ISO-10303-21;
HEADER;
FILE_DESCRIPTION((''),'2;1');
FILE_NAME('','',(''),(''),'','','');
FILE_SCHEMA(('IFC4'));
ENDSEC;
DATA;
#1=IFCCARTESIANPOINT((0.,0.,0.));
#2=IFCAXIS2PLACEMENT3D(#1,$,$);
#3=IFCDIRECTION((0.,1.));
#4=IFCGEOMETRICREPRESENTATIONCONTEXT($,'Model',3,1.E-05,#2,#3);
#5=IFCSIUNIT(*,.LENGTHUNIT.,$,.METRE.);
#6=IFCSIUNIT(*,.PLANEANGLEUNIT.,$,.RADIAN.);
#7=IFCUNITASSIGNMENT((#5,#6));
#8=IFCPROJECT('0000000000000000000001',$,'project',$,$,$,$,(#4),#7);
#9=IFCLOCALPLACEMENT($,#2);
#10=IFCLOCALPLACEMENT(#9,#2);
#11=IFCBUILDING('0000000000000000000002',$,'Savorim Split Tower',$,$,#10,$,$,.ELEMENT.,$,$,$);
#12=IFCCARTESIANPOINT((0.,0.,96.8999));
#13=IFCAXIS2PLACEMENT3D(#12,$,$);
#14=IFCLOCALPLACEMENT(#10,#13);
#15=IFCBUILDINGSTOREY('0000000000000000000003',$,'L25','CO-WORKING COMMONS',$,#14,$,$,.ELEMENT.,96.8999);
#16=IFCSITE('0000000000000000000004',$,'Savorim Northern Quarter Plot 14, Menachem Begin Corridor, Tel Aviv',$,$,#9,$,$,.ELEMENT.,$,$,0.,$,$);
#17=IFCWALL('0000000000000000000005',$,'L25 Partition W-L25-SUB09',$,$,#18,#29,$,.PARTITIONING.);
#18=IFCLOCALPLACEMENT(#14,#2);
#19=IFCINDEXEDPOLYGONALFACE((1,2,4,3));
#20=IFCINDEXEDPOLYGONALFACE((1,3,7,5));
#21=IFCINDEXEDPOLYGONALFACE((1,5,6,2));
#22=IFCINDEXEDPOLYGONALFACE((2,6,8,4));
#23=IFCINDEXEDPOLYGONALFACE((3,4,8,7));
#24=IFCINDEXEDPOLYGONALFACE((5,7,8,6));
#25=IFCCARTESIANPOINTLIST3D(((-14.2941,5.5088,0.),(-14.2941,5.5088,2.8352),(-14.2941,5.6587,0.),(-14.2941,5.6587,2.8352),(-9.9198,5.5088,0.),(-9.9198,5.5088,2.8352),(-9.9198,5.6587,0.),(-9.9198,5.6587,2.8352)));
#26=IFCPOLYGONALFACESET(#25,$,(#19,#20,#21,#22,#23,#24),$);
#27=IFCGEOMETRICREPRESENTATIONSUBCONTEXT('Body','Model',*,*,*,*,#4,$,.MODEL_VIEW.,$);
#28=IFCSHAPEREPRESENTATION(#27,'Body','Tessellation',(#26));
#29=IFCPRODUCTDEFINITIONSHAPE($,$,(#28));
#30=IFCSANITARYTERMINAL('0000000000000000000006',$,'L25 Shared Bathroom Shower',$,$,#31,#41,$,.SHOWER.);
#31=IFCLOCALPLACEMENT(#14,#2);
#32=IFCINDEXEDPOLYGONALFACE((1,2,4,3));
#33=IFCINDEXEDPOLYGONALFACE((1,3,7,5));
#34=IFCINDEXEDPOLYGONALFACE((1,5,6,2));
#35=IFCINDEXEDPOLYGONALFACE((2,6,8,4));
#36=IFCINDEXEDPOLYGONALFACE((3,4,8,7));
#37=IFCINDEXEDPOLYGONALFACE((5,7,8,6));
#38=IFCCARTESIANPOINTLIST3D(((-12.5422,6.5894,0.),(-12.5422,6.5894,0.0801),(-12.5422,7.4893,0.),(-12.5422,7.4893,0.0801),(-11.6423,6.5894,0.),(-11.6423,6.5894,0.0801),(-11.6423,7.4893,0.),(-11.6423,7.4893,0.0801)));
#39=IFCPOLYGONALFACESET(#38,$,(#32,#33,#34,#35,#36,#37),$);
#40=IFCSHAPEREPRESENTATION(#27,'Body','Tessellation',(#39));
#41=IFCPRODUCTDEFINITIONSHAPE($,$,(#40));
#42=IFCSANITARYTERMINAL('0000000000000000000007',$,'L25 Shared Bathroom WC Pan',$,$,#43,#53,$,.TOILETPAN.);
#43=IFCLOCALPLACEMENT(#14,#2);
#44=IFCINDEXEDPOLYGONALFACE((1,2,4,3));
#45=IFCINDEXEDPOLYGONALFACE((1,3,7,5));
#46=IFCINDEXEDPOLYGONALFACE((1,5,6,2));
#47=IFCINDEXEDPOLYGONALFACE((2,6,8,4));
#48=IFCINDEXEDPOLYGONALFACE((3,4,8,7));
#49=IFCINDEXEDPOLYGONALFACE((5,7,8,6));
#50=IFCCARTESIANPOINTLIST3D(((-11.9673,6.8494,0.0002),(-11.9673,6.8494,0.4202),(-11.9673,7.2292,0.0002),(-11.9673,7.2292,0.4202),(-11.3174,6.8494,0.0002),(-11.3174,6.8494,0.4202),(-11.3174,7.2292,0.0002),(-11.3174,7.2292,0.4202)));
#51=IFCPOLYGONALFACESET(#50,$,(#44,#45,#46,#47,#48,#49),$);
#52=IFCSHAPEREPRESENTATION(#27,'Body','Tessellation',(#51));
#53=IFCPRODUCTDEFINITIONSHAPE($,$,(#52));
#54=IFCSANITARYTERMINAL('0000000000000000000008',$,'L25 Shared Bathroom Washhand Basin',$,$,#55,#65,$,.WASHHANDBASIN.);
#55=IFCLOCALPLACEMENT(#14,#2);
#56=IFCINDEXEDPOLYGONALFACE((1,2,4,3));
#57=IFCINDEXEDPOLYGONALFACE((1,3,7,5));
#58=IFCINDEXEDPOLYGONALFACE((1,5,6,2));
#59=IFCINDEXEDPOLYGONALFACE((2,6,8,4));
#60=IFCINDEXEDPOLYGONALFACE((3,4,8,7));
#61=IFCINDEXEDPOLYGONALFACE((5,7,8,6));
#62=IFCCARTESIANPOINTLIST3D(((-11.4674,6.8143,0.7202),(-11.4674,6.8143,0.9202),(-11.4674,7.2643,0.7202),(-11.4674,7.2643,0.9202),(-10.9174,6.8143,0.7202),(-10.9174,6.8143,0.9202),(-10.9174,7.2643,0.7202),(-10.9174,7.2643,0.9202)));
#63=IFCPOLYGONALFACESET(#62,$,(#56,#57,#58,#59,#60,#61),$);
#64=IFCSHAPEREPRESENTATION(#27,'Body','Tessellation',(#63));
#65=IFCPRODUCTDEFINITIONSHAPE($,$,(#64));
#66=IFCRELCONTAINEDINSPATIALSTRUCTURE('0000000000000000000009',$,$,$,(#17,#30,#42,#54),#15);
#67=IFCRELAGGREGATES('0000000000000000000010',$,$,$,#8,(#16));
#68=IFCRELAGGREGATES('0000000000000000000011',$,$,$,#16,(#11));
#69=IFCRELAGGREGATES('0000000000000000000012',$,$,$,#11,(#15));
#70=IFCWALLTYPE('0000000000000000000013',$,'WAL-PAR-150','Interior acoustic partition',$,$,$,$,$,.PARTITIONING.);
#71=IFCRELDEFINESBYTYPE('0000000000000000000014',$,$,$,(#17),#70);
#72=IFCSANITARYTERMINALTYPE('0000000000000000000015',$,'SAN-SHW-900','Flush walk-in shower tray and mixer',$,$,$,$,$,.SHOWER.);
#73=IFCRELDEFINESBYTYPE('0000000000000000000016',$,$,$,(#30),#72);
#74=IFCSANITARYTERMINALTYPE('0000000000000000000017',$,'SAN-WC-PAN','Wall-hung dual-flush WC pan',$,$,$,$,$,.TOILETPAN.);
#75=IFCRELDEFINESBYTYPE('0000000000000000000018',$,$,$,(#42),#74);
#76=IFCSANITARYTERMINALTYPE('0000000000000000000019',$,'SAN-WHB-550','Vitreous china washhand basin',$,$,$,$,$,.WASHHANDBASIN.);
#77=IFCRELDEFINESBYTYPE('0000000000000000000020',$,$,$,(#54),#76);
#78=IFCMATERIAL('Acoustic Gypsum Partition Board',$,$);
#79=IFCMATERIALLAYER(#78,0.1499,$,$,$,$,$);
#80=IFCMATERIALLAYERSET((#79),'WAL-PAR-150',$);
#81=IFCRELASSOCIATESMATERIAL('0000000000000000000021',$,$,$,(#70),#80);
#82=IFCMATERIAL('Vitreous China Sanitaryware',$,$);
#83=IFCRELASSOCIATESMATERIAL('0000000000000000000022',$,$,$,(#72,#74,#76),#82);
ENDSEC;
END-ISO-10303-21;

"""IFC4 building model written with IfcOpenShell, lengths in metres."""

from ifc_helpers import new_model, si_unit, direction, frame, frame_2d, origin, origin_2d, place, context, subcontext, project, spatial, rectangle, extrude, material, layer, layer_set, type_object, element, save


model = new_model("IFC4")

# Units and contexts
model_context = context("Model", 3, precision=1e-05, world=origin(), true_north=direction((0.0, 1.0)))
body_context = subcontext(model_context, "Body", "Model", "MODEL_VIEW")
ifc_project = project(units=[si_unit("LENGTHUNIT", "METRE"), si_unit("PLANEANGLEUNIT", "RADIAN")], contexts=[model_context])

# Site, building, storey
site_placement = place(None, origin())
site = spatial("IfcSite", under=ifc_project, at=site_placement, Name="Savorim Northern Quarter Plot 14, Menachem Begin Corridor, Tel Aviv", CompositionType="ELEMENT", RefElevation=0.0)
building_placement = place(site_placement, origin())
building = spatial("IfcBuilding", under=site, at=building_placement, Name="Savorim Split Tower", CompositionType="ELEMENT")
storey_placement = place(building_placement, frame((0.0, 0.0, 96.8999)))
storey = spatial("IfcBuildingStorey", under=building, at=storey_placement, Name="L25", Description="CO-WORKING COMMONS", CompositionType="ELEMENT", Elevation=96.8999)

# Wall
ifc_material_1 = material(Name="Acoustic Gypsum Partition Board")
ifc_layer_1 = layer(ifc_material_1, 0.1499)
ifc_layer_set_1 = layer_set([ifc_layer_1], Name="WAL-PAR-150")
wall_type_1 = type_object("IfcWallType", Name="WAL-PAR-150", Description="Interior acoustic partition", PredefinedType="PARTITIONING", material=ifc_layer_set_1)
wall_1_placement = place(storey_placement, frame((-9.9199, 5.5837, 0.0), z_axis=(0.0, 0.0, 1.0), x_axis=(-1.0, 0.0, 0.0)))
element("IfcWall", 1, at=wall_1_placement, inside=storey, type_object=wall_type_1, Name="L25 Partition W-L25-SUB09", PredefinedType="PARTITIONING", context=body_context, shape_type="SweptSolid", body=[
    extrude(rectangle(XDim=4.3743, YDim=0.1499, at=frame_2d((2.187, 0.0))), origin(), (0.0, 0.0, 1.0), 2.8352),
])

# Sanitary terminals
ifc_material_2 = material(Name="Vitreous China Sanitaryware")
sanitary_terminal_type_1 = type_object("IfcSanitaryTerminalType", Name="SAN-SHW-900", Description="Flush walk-in shower tray and mixer", PredefinedType="SHOWER", material=ifc_material_2)
sanitary_terminal_1_placement = place(storey_placement, frame((-12.0923, 7.0393, 0.0), z_axis=(0.0, 0.0, 1.0), x_axis=(1.0, 0.0, 0.0)))
element("IfcSanitaryTerminal", 2, at=sanitary_terminal_1_placement, inside=storey, type_object=sanitary_terminal_type_1, Name="L25 Shared Bathroom Shower", PredefinedType="SHOWER", context=body_context, shape_type="SweptSolid", body=[
    extrude(rectangle(XDim=0.8999, YDim=0.8999, at=origin_2d()), origin(), (0.0, 0.0, 1.0), 0.0801),
])
sanitary_terminal_type_2 = type_object("IfcSanitaryTerminalType", Name="SAN-WC-PAN", Description="Wall-hung dual-flush WC pan", PredefinedType="TOILETPAN", material=ifc_material_2)
sanitary_terminal_2_placement = place(storey_placement, frame((-11.6423, 7.0393, 0.0002), z_axis=(0.0, 0.0, 1.0), x_axis=(1.0, 0.0, 0.0)))
element("IfcSanitaryTerminal", 3, at=sanitary_terminal_2_placement, inside=storey, type_object=sanitary_terminal_type_2, Name="L25 Shared Bathroom WC Pan", PredefinedType="TOILETPAN", context=body_context, shape_type="SweptSolid", body=[
    extrude(rectangle(XDim=0.6499, YDim=0.3799, at=origin_2d()), origin(), (0.0, 0.0, 1.0), 0.4199),
])
sanitary_terminal_type_3 = type_object("IfcSanitaryTerminalType", Name="SAN-WHB-550", Description="Vitreous china washhand basin", PredefinedType="WASHHANDBASIN", material=ifc_material_2)
sanitary_terminal_3_placement = place(storey_placement, frame((-11.1924, 7.0393, 0.7202), z_axis=(0.0, 0.0, 1.0), x_axis=(1.0, 0.0, 0.0)))
element("IfcSanitaryTerminal", 4, at=sanitary_terminal_3_placement, inside=storey, type_object=sanitary_terminal_type_3, Name="L25 Shared Bathroom Washhand Basin", PredefinedType="WASHHANDBASIN", context=body_context, shape_type="SweptSolid", body=[
    extrude(rectangle(XDim=0.55, YDim=0.45, at=origin_2d()), origin(), (0.0, 0.0, 1.0), 0.2),
])

save(model, "model.ifc")
